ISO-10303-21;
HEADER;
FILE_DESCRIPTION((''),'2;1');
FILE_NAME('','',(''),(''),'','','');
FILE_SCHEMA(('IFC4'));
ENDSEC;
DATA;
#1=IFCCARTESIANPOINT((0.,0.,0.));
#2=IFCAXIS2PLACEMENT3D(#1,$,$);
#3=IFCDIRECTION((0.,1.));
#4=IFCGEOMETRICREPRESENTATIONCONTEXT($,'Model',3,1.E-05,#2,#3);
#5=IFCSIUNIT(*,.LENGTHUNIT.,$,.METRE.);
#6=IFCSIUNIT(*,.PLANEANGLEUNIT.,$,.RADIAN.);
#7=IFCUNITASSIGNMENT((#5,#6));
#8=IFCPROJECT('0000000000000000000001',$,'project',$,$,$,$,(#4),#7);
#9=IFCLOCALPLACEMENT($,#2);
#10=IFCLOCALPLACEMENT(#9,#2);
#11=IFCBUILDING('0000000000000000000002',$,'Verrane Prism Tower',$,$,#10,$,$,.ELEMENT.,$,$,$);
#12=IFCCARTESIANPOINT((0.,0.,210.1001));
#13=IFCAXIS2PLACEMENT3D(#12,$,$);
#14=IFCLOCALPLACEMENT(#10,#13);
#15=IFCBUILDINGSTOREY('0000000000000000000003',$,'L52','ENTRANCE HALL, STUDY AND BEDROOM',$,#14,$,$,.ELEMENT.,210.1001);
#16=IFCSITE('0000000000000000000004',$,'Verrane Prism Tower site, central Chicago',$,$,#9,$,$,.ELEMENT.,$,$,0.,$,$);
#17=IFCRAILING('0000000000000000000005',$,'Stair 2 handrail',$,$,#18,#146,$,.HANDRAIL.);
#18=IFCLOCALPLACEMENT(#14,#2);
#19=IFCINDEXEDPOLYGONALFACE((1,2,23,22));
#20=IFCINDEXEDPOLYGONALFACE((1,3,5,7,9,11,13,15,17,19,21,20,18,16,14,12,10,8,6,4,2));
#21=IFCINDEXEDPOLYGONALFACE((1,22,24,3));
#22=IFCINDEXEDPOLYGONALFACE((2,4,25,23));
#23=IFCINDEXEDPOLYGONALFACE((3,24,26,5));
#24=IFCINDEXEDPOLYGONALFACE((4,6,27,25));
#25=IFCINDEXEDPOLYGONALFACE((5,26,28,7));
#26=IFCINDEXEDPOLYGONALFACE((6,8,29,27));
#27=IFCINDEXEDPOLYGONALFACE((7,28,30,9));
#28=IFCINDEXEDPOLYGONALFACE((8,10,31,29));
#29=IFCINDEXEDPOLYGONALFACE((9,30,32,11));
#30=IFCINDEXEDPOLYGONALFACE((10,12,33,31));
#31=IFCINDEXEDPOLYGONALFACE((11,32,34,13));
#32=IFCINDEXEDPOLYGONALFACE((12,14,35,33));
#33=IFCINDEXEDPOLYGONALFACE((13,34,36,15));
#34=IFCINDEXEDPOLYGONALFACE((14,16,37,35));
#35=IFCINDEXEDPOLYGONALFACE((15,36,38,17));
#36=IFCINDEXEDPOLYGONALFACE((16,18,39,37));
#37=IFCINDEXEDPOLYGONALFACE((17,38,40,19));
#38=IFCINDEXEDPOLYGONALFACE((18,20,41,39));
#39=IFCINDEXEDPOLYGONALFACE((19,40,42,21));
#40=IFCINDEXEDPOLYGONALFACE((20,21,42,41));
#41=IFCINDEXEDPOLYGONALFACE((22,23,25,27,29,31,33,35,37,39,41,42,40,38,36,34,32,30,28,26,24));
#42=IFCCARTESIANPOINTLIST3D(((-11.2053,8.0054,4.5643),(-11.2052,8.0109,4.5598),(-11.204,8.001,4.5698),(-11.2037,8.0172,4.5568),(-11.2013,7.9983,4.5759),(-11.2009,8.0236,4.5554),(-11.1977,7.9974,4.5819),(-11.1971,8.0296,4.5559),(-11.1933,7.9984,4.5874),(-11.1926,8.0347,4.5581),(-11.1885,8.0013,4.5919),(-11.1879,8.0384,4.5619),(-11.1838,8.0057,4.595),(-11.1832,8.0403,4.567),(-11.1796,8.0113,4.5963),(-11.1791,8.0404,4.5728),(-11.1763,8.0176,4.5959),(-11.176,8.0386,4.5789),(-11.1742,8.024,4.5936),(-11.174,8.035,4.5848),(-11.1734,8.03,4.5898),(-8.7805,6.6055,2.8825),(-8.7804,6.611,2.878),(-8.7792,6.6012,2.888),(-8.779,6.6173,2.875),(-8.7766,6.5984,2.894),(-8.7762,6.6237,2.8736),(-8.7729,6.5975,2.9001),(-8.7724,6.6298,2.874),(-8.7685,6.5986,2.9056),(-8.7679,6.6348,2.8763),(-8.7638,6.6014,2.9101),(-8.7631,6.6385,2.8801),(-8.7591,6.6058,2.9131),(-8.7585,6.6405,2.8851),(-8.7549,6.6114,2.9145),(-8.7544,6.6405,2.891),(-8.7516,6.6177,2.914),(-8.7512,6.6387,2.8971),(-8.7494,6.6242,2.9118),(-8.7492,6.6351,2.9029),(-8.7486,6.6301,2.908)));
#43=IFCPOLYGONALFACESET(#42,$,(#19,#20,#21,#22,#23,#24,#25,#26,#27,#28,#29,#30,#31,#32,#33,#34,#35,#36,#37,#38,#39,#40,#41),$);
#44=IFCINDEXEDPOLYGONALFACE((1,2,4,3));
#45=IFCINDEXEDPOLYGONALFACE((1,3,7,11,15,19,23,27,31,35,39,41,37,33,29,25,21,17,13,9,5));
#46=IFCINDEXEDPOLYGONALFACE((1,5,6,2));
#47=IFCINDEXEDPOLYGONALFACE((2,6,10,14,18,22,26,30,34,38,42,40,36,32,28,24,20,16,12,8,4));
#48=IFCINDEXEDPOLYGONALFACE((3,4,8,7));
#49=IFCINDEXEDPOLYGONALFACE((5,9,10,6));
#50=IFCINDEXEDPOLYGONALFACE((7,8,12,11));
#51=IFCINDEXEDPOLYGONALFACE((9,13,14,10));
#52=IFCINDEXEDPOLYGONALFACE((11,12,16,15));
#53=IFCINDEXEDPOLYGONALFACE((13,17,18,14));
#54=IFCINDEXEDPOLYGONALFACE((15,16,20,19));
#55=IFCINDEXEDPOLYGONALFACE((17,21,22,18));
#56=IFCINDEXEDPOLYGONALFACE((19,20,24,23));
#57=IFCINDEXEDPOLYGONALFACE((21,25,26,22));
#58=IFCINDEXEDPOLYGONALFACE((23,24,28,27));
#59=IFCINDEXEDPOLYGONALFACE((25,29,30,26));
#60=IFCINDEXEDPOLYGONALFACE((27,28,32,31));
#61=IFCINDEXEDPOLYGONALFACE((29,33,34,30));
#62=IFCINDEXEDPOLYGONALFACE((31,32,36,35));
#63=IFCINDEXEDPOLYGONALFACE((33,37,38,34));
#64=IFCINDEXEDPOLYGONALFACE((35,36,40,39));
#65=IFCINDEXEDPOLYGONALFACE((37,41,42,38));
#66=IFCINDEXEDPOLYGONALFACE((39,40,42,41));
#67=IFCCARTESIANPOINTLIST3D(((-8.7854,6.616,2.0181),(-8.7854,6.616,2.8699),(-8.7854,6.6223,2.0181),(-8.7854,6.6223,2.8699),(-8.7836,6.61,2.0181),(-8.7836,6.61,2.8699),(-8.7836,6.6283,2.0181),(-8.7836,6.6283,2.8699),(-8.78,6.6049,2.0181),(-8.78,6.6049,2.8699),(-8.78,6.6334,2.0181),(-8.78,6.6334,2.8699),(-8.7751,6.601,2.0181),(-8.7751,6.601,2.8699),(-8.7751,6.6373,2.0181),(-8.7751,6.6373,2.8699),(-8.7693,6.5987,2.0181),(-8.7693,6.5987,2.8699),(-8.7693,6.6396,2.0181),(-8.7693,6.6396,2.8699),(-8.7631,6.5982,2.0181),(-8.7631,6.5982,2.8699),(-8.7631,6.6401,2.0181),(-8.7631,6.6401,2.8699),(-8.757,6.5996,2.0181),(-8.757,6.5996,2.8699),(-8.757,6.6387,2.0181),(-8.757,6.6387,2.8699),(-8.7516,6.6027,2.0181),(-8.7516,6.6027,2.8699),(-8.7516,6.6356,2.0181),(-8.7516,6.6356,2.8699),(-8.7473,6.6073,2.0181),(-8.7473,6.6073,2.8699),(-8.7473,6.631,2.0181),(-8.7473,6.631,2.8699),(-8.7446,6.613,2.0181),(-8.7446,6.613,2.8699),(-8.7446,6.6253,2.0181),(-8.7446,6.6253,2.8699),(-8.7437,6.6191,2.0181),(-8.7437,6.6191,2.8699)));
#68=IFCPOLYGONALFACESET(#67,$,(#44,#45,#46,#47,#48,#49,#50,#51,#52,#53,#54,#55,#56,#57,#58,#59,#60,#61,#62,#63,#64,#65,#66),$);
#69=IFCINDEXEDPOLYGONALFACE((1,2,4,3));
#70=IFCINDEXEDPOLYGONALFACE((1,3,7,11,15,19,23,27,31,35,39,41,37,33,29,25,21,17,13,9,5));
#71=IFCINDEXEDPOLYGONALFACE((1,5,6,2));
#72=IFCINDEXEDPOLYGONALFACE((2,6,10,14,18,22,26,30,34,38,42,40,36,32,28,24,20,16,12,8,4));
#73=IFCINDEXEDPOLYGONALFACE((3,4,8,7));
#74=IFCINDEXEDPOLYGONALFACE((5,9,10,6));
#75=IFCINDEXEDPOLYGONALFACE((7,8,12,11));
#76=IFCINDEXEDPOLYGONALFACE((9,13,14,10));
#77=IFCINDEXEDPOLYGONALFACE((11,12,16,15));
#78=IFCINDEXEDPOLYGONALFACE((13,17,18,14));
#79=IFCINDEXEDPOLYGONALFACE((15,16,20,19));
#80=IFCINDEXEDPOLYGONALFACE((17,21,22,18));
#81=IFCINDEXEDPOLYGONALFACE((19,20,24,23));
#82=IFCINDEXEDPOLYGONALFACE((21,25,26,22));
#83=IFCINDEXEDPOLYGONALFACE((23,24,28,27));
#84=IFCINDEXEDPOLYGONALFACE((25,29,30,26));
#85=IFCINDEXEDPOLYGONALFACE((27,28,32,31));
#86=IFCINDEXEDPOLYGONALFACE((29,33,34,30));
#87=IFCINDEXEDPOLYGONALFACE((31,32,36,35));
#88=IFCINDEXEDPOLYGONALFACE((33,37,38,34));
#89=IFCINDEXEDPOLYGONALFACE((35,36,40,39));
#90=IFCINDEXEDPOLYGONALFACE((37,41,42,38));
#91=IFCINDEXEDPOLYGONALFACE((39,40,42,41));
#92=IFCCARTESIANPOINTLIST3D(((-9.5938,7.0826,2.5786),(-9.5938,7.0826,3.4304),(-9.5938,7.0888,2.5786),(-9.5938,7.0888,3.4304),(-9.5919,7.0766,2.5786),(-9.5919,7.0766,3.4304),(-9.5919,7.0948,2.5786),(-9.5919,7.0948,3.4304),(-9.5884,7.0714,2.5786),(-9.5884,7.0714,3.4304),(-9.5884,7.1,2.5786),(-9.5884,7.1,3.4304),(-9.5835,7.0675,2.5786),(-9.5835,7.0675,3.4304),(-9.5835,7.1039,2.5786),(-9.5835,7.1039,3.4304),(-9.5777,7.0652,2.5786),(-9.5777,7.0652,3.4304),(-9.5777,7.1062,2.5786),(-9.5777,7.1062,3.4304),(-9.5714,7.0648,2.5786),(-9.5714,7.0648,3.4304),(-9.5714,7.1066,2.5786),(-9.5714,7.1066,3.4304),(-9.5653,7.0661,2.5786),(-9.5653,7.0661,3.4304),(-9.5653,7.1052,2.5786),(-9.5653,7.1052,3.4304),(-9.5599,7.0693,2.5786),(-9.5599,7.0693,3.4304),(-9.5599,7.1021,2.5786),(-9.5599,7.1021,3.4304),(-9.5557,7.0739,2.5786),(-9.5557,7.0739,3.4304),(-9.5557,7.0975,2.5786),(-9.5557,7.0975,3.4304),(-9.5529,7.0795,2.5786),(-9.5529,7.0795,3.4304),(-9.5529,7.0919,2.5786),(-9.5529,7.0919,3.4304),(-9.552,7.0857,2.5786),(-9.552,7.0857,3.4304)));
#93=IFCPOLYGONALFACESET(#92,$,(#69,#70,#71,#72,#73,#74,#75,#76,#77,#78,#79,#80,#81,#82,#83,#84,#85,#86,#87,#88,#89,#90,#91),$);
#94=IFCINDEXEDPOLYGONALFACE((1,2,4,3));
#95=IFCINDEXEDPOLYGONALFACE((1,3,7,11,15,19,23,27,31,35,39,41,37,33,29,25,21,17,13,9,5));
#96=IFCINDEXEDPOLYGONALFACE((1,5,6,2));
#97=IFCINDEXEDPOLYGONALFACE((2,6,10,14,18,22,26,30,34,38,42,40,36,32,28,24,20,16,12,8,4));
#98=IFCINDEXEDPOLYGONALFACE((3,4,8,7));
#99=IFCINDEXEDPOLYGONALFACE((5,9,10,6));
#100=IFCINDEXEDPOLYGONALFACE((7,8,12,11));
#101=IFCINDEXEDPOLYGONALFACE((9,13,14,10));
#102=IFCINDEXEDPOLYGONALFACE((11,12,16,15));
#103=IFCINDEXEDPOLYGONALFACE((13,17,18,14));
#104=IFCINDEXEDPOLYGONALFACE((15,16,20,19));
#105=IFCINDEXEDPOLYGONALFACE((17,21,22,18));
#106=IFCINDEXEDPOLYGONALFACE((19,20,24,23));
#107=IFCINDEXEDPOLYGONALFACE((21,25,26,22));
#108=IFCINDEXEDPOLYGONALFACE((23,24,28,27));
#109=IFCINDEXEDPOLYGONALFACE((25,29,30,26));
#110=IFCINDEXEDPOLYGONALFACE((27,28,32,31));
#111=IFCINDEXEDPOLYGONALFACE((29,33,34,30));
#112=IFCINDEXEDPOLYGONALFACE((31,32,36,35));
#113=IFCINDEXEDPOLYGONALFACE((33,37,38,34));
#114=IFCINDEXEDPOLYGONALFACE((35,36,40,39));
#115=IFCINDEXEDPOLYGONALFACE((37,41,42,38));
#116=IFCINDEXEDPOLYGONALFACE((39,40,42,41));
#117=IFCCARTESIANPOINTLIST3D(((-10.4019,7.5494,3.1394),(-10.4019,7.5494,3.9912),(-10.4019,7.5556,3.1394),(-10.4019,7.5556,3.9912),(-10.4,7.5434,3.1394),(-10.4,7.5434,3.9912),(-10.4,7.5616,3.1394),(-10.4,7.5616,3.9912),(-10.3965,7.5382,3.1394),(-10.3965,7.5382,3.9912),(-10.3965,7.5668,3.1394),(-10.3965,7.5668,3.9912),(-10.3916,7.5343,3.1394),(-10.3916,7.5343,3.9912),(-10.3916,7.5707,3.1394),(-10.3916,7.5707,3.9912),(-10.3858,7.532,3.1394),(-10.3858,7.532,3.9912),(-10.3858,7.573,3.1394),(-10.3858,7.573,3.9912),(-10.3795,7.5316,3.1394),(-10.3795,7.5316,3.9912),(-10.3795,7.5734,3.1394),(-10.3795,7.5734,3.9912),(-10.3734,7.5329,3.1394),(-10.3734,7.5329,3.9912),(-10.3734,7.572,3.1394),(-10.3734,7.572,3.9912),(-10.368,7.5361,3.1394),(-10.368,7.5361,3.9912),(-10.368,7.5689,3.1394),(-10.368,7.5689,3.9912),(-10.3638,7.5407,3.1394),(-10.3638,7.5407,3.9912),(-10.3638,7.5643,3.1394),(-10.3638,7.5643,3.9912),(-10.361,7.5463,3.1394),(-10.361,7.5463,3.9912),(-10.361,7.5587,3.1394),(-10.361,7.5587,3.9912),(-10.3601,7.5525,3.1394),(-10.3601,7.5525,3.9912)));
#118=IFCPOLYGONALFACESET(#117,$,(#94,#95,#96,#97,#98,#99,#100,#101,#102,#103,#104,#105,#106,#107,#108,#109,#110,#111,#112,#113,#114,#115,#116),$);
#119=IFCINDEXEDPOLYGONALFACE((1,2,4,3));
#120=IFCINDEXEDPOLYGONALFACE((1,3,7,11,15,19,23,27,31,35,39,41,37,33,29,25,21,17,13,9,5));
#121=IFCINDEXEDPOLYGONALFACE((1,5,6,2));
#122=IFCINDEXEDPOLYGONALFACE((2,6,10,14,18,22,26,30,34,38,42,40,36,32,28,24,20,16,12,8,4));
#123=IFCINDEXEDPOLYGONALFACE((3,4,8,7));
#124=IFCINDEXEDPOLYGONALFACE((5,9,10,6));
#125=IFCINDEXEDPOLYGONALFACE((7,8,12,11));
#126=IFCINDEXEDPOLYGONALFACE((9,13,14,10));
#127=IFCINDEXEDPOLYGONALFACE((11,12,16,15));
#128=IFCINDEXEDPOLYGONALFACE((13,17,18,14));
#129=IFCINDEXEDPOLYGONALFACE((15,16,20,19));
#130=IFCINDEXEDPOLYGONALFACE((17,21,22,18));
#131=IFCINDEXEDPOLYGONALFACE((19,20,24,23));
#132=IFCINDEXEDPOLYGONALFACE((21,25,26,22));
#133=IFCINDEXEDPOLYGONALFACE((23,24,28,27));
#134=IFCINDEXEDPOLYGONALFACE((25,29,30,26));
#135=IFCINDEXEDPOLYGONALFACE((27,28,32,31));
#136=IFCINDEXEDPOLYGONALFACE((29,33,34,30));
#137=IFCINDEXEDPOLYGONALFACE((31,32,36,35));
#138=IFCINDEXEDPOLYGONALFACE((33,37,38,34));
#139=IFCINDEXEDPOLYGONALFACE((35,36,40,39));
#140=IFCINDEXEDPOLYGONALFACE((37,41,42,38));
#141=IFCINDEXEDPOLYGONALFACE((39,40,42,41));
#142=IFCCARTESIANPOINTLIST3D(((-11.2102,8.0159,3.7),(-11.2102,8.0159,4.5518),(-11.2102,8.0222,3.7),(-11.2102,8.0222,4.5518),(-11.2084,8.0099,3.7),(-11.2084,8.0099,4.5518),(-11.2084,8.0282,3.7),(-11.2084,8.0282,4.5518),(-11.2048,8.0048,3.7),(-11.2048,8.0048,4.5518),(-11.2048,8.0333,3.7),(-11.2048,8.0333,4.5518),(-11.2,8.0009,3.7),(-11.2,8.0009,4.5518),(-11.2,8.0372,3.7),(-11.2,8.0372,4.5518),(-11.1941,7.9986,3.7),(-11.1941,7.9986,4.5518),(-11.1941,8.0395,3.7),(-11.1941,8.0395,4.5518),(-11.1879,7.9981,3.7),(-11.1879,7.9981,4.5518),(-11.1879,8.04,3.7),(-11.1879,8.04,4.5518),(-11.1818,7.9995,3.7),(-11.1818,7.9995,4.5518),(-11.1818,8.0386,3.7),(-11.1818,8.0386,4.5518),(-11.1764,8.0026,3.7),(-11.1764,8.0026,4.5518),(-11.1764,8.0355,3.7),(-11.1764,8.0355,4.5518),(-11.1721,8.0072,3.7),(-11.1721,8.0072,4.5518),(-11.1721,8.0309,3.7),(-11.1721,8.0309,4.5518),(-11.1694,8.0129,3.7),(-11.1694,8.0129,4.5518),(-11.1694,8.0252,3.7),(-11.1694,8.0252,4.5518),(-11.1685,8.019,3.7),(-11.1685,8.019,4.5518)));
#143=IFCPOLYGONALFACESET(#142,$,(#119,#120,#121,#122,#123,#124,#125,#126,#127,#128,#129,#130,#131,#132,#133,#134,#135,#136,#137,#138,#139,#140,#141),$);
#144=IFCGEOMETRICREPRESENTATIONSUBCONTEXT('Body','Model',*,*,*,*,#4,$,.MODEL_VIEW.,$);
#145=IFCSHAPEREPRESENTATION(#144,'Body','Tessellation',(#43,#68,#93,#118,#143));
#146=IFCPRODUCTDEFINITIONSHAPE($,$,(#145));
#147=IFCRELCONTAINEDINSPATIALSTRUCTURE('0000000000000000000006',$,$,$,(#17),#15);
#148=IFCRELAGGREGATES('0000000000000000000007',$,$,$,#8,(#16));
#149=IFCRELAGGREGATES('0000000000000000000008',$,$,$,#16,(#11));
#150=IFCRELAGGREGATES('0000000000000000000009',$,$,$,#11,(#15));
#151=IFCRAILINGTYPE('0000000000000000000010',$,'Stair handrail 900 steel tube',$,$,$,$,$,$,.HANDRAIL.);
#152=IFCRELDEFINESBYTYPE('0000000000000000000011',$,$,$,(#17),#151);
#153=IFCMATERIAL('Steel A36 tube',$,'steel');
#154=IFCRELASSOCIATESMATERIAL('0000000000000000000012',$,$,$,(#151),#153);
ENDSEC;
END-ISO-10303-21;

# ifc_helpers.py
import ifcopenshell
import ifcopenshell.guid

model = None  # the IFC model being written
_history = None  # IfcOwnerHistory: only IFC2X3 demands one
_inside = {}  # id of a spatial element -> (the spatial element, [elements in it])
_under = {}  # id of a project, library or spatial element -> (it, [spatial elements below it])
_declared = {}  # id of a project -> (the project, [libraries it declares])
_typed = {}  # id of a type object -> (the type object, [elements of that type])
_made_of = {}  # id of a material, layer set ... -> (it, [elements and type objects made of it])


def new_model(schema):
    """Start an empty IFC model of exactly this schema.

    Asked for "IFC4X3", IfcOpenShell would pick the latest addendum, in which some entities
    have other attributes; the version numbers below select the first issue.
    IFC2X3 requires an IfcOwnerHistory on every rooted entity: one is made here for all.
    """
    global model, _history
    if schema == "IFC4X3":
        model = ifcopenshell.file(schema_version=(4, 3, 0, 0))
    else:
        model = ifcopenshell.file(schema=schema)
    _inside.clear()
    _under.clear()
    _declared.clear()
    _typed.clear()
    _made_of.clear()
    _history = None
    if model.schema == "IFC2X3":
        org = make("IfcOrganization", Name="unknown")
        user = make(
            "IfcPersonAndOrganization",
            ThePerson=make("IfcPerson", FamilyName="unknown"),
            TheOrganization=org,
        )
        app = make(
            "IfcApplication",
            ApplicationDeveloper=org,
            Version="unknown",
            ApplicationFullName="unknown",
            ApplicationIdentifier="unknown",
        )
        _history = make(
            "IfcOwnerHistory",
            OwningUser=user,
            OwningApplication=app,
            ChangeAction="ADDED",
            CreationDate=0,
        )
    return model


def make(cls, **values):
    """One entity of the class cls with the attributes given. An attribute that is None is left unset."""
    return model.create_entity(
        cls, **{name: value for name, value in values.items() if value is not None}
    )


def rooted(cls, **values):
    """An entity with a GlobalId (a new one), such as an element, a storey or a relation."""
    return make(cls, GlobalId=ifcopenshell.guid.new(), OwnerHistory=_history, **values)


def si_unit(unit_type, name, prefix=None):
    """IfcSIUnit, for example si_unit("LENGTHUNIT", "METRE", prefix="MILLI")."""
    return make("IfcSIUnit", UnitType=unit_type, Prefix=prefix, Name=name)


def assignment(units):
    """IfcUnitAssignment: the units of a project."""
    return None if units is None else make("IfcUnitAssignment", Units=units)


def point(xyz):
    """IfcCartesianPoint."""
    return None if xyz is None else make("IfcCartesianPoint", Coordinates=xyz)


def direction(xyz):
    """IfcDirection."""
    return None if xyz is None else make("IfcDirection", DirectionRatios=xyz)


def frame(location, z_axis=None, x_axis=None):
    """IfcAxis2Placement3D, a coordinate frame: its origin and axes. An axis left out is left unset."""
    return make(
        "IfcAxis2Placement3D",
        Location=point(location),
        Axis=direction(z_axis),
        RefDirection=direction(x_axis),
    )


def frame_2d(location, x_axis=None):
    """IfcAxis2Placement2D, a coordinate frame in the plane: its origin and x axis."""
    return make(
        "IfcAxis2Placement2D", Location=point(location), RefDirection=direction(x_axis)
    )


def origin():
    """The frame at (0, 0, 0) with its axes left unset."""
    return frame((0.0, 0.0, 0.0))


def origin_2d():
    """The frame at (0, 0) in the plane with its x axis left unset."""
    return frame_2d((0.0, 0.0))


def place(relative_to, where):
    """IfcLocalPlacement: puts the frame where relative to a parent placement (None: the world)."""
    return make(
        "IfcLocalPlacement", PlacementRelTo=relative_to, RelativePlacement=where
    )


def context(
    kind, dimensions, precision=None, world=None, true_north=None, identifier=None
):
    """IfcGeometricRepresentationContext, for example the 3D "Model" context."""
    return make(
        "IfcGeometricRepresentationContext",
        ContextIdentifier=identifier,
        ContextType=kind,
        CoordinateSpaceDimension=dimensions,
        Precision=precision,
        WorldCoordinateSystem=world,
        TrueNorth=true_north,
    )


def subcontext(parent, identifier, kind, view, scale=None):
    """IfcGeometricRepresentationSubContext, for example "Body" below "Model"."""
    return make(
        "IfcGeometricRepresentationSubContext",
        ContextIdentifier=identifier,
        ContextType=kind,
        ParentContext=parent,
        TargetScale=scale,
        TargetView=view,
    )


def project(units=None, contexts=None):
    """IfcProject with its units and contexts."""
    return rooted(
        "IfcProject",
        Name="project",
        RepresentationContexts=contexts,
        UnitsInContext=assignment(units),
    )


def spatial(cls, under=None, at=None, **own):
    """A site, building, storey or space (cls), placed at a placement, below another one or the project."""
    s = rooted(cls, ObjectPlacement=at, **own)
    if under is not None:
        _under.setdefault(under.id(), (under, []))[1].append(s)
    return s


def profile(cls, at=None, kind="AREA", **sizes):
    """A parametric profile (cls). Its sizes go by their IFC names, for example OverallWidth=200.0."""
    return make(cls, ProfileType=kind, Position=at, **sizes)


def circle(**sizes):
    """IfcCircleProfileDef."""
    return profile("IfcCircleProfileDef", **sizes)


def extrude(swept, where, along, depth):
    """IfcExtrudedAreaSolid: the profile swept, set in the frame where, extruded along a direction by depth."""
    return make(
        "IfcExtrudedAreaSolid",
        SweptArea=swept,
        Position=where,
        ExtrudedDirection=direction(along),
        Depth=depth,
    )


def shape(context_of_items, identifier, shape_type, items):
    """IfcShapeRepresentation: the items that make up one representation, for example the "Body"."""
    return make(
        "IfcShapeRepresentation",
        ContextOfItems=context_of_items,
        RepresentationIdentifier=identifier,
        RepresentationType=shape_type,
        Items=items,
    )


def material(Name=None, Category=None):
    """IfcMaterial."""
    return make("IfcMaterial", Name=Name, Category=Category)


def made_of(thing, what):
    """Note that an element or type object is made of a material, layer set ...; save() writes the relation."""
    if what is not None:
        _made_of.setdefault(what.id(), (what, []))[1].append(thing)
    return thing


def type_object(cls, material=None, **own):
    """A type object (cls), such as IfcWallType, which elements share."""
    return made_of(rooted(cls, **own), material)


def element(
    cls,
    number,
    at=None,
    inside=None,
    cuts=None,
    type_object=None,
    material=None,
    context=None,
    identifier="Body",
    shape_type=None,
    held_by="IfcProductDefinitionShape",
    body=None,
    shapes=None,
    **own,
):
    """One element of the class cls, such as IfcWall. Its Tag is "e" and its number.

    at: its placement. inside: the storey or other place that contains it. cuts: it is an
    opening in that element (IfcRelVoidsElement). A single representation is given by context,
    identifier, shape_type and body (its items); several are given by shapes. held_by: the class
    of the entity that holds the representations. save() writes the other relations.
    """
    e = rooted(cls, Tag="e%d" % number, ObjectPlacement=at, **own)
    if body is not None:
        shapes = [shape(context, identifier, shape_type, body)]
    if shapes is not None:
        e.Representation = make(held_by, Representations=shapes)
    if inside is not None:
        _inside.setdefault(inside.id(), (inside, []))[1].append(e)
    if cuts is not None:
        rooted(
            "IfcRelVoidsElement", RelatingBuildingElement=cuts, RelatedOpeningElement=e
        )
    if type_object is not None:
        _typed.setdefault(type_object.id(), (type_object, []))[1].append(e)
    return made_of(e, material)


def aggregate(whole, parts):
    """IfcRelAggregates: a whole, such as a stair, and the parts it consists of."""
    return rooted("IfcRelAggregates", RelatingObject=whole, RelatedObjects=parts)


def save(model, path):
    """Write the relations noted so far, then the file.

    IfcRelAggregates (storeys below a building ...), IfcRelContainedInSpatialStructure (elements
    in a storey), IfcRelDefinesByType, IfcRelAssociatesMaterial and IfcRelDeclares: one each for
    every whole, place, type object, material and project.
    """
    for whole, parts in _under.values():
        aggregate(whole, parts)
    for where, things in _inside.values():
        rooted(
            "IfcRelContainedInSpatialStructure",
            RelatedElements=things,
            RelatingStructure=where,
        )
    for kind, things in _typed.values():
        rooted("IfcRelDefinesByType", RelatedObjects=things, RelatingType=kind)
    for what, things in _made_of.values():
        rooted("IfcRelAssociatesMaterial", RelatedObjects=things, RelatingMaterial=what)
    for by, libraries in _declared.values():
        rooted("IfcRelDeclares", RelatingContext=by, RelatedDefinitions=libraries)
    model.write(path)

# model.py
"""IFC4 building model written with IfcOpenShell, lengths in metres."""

from ifc_helpers import new_model, si_unit, direction, frame, origin, origin_2d, place, context, subcontext, project, spatial, circle, extrude, material, type_object, element, save


model = new_model("IFC4")

# Units and contexts
model_context = context("Model", 3, precision=1e-05, world=origin(), true_north=direction((0.0, 1.0)))
body_context = subcontext(model_context, "Body", "Model", "MODEL_VIEW")
ifc_project = project(units=[si_unit("LENGTHUNIT", "METRE"), si_unit("PLANEANGLEUNIT", "RADIAN")], contexts=[model_context])

# Site, building, storey
site_placement = place(None, origin())
site = spatial("IfcSite", under=ifc_project, at=site_placement, Name="Verrane Prism Tower site, central Chicago", CompositionType="ELEMENT", RefElevation=0.0)
building_placement = place(site_placement, origin())
building = spatial("IfcBuilding", under=site, at=building_placement, Name="Verrane Prism Tower", CompositionType="ELEMENT")
storey_placement = place(building_placement, frame((0.0, 0.0, 210.1001)))
storey = spatial("IfcBuildingStorey", under=building, at=storey_placement, Name="L52", Description="ENTRANCE HALL, STUDY AND BEDROOM", CompositionType="ELEMENT", Elevation=210.1001)

# Railing
ifc_material_1 = material(Name="Steel A36 tube", Category="steel")
railing_type_1 = type_object("IfcRailingType", Name="Stair handrail 900 steel tube", PredefinedType="HANDRAIL", material=ifc_material_1)
railing_1_placement = place(storey_placement, frame((-8.7646, 6.6191, 2.0181)))
element("IfcRailing", 1, at=railing_1_placement, inside=storey, type_object=railing_type_1, Name="Stair 2 handrail", PredefinedType="HANDRAIL", context=body_context, shape_type="SweptSolid", body=[
    extrude(circle(Radius=0.0239, at=origin_2d()), frame((0.0, 0.0, 0.876), z_axis=(-0.74239, 0.428601, 0.514934), x_axis=(-0.499984, -0.866035, 0.0)), (0.0, 0.0, 1.0), 3.2661),
    extrude(circle(Radius=0.021, at=origin_2d()), origin(), (0.0, 0.0, 1.0), 0.8518),
    extrude(circle(Radius=0.021, at=origin_2d()), frame((-0.8083, 0.4666, 0.5605)), (0.0, 0.0, 1.0), 0.8518),
    extrude(circle(Radius=0.021, at=origin_2d()), frame((-1.6165, 0.9333, 1.1213)), (0.0, 0.0, 1.0), 0.8518),
    extrude(circle(Radius=0.021, at=origin_2d()), frame((-2.4248, 1.3999, 1.6819)), (0.0, 0.0, 1.0), 0.8518),
])

save(model, "model.ifc")
